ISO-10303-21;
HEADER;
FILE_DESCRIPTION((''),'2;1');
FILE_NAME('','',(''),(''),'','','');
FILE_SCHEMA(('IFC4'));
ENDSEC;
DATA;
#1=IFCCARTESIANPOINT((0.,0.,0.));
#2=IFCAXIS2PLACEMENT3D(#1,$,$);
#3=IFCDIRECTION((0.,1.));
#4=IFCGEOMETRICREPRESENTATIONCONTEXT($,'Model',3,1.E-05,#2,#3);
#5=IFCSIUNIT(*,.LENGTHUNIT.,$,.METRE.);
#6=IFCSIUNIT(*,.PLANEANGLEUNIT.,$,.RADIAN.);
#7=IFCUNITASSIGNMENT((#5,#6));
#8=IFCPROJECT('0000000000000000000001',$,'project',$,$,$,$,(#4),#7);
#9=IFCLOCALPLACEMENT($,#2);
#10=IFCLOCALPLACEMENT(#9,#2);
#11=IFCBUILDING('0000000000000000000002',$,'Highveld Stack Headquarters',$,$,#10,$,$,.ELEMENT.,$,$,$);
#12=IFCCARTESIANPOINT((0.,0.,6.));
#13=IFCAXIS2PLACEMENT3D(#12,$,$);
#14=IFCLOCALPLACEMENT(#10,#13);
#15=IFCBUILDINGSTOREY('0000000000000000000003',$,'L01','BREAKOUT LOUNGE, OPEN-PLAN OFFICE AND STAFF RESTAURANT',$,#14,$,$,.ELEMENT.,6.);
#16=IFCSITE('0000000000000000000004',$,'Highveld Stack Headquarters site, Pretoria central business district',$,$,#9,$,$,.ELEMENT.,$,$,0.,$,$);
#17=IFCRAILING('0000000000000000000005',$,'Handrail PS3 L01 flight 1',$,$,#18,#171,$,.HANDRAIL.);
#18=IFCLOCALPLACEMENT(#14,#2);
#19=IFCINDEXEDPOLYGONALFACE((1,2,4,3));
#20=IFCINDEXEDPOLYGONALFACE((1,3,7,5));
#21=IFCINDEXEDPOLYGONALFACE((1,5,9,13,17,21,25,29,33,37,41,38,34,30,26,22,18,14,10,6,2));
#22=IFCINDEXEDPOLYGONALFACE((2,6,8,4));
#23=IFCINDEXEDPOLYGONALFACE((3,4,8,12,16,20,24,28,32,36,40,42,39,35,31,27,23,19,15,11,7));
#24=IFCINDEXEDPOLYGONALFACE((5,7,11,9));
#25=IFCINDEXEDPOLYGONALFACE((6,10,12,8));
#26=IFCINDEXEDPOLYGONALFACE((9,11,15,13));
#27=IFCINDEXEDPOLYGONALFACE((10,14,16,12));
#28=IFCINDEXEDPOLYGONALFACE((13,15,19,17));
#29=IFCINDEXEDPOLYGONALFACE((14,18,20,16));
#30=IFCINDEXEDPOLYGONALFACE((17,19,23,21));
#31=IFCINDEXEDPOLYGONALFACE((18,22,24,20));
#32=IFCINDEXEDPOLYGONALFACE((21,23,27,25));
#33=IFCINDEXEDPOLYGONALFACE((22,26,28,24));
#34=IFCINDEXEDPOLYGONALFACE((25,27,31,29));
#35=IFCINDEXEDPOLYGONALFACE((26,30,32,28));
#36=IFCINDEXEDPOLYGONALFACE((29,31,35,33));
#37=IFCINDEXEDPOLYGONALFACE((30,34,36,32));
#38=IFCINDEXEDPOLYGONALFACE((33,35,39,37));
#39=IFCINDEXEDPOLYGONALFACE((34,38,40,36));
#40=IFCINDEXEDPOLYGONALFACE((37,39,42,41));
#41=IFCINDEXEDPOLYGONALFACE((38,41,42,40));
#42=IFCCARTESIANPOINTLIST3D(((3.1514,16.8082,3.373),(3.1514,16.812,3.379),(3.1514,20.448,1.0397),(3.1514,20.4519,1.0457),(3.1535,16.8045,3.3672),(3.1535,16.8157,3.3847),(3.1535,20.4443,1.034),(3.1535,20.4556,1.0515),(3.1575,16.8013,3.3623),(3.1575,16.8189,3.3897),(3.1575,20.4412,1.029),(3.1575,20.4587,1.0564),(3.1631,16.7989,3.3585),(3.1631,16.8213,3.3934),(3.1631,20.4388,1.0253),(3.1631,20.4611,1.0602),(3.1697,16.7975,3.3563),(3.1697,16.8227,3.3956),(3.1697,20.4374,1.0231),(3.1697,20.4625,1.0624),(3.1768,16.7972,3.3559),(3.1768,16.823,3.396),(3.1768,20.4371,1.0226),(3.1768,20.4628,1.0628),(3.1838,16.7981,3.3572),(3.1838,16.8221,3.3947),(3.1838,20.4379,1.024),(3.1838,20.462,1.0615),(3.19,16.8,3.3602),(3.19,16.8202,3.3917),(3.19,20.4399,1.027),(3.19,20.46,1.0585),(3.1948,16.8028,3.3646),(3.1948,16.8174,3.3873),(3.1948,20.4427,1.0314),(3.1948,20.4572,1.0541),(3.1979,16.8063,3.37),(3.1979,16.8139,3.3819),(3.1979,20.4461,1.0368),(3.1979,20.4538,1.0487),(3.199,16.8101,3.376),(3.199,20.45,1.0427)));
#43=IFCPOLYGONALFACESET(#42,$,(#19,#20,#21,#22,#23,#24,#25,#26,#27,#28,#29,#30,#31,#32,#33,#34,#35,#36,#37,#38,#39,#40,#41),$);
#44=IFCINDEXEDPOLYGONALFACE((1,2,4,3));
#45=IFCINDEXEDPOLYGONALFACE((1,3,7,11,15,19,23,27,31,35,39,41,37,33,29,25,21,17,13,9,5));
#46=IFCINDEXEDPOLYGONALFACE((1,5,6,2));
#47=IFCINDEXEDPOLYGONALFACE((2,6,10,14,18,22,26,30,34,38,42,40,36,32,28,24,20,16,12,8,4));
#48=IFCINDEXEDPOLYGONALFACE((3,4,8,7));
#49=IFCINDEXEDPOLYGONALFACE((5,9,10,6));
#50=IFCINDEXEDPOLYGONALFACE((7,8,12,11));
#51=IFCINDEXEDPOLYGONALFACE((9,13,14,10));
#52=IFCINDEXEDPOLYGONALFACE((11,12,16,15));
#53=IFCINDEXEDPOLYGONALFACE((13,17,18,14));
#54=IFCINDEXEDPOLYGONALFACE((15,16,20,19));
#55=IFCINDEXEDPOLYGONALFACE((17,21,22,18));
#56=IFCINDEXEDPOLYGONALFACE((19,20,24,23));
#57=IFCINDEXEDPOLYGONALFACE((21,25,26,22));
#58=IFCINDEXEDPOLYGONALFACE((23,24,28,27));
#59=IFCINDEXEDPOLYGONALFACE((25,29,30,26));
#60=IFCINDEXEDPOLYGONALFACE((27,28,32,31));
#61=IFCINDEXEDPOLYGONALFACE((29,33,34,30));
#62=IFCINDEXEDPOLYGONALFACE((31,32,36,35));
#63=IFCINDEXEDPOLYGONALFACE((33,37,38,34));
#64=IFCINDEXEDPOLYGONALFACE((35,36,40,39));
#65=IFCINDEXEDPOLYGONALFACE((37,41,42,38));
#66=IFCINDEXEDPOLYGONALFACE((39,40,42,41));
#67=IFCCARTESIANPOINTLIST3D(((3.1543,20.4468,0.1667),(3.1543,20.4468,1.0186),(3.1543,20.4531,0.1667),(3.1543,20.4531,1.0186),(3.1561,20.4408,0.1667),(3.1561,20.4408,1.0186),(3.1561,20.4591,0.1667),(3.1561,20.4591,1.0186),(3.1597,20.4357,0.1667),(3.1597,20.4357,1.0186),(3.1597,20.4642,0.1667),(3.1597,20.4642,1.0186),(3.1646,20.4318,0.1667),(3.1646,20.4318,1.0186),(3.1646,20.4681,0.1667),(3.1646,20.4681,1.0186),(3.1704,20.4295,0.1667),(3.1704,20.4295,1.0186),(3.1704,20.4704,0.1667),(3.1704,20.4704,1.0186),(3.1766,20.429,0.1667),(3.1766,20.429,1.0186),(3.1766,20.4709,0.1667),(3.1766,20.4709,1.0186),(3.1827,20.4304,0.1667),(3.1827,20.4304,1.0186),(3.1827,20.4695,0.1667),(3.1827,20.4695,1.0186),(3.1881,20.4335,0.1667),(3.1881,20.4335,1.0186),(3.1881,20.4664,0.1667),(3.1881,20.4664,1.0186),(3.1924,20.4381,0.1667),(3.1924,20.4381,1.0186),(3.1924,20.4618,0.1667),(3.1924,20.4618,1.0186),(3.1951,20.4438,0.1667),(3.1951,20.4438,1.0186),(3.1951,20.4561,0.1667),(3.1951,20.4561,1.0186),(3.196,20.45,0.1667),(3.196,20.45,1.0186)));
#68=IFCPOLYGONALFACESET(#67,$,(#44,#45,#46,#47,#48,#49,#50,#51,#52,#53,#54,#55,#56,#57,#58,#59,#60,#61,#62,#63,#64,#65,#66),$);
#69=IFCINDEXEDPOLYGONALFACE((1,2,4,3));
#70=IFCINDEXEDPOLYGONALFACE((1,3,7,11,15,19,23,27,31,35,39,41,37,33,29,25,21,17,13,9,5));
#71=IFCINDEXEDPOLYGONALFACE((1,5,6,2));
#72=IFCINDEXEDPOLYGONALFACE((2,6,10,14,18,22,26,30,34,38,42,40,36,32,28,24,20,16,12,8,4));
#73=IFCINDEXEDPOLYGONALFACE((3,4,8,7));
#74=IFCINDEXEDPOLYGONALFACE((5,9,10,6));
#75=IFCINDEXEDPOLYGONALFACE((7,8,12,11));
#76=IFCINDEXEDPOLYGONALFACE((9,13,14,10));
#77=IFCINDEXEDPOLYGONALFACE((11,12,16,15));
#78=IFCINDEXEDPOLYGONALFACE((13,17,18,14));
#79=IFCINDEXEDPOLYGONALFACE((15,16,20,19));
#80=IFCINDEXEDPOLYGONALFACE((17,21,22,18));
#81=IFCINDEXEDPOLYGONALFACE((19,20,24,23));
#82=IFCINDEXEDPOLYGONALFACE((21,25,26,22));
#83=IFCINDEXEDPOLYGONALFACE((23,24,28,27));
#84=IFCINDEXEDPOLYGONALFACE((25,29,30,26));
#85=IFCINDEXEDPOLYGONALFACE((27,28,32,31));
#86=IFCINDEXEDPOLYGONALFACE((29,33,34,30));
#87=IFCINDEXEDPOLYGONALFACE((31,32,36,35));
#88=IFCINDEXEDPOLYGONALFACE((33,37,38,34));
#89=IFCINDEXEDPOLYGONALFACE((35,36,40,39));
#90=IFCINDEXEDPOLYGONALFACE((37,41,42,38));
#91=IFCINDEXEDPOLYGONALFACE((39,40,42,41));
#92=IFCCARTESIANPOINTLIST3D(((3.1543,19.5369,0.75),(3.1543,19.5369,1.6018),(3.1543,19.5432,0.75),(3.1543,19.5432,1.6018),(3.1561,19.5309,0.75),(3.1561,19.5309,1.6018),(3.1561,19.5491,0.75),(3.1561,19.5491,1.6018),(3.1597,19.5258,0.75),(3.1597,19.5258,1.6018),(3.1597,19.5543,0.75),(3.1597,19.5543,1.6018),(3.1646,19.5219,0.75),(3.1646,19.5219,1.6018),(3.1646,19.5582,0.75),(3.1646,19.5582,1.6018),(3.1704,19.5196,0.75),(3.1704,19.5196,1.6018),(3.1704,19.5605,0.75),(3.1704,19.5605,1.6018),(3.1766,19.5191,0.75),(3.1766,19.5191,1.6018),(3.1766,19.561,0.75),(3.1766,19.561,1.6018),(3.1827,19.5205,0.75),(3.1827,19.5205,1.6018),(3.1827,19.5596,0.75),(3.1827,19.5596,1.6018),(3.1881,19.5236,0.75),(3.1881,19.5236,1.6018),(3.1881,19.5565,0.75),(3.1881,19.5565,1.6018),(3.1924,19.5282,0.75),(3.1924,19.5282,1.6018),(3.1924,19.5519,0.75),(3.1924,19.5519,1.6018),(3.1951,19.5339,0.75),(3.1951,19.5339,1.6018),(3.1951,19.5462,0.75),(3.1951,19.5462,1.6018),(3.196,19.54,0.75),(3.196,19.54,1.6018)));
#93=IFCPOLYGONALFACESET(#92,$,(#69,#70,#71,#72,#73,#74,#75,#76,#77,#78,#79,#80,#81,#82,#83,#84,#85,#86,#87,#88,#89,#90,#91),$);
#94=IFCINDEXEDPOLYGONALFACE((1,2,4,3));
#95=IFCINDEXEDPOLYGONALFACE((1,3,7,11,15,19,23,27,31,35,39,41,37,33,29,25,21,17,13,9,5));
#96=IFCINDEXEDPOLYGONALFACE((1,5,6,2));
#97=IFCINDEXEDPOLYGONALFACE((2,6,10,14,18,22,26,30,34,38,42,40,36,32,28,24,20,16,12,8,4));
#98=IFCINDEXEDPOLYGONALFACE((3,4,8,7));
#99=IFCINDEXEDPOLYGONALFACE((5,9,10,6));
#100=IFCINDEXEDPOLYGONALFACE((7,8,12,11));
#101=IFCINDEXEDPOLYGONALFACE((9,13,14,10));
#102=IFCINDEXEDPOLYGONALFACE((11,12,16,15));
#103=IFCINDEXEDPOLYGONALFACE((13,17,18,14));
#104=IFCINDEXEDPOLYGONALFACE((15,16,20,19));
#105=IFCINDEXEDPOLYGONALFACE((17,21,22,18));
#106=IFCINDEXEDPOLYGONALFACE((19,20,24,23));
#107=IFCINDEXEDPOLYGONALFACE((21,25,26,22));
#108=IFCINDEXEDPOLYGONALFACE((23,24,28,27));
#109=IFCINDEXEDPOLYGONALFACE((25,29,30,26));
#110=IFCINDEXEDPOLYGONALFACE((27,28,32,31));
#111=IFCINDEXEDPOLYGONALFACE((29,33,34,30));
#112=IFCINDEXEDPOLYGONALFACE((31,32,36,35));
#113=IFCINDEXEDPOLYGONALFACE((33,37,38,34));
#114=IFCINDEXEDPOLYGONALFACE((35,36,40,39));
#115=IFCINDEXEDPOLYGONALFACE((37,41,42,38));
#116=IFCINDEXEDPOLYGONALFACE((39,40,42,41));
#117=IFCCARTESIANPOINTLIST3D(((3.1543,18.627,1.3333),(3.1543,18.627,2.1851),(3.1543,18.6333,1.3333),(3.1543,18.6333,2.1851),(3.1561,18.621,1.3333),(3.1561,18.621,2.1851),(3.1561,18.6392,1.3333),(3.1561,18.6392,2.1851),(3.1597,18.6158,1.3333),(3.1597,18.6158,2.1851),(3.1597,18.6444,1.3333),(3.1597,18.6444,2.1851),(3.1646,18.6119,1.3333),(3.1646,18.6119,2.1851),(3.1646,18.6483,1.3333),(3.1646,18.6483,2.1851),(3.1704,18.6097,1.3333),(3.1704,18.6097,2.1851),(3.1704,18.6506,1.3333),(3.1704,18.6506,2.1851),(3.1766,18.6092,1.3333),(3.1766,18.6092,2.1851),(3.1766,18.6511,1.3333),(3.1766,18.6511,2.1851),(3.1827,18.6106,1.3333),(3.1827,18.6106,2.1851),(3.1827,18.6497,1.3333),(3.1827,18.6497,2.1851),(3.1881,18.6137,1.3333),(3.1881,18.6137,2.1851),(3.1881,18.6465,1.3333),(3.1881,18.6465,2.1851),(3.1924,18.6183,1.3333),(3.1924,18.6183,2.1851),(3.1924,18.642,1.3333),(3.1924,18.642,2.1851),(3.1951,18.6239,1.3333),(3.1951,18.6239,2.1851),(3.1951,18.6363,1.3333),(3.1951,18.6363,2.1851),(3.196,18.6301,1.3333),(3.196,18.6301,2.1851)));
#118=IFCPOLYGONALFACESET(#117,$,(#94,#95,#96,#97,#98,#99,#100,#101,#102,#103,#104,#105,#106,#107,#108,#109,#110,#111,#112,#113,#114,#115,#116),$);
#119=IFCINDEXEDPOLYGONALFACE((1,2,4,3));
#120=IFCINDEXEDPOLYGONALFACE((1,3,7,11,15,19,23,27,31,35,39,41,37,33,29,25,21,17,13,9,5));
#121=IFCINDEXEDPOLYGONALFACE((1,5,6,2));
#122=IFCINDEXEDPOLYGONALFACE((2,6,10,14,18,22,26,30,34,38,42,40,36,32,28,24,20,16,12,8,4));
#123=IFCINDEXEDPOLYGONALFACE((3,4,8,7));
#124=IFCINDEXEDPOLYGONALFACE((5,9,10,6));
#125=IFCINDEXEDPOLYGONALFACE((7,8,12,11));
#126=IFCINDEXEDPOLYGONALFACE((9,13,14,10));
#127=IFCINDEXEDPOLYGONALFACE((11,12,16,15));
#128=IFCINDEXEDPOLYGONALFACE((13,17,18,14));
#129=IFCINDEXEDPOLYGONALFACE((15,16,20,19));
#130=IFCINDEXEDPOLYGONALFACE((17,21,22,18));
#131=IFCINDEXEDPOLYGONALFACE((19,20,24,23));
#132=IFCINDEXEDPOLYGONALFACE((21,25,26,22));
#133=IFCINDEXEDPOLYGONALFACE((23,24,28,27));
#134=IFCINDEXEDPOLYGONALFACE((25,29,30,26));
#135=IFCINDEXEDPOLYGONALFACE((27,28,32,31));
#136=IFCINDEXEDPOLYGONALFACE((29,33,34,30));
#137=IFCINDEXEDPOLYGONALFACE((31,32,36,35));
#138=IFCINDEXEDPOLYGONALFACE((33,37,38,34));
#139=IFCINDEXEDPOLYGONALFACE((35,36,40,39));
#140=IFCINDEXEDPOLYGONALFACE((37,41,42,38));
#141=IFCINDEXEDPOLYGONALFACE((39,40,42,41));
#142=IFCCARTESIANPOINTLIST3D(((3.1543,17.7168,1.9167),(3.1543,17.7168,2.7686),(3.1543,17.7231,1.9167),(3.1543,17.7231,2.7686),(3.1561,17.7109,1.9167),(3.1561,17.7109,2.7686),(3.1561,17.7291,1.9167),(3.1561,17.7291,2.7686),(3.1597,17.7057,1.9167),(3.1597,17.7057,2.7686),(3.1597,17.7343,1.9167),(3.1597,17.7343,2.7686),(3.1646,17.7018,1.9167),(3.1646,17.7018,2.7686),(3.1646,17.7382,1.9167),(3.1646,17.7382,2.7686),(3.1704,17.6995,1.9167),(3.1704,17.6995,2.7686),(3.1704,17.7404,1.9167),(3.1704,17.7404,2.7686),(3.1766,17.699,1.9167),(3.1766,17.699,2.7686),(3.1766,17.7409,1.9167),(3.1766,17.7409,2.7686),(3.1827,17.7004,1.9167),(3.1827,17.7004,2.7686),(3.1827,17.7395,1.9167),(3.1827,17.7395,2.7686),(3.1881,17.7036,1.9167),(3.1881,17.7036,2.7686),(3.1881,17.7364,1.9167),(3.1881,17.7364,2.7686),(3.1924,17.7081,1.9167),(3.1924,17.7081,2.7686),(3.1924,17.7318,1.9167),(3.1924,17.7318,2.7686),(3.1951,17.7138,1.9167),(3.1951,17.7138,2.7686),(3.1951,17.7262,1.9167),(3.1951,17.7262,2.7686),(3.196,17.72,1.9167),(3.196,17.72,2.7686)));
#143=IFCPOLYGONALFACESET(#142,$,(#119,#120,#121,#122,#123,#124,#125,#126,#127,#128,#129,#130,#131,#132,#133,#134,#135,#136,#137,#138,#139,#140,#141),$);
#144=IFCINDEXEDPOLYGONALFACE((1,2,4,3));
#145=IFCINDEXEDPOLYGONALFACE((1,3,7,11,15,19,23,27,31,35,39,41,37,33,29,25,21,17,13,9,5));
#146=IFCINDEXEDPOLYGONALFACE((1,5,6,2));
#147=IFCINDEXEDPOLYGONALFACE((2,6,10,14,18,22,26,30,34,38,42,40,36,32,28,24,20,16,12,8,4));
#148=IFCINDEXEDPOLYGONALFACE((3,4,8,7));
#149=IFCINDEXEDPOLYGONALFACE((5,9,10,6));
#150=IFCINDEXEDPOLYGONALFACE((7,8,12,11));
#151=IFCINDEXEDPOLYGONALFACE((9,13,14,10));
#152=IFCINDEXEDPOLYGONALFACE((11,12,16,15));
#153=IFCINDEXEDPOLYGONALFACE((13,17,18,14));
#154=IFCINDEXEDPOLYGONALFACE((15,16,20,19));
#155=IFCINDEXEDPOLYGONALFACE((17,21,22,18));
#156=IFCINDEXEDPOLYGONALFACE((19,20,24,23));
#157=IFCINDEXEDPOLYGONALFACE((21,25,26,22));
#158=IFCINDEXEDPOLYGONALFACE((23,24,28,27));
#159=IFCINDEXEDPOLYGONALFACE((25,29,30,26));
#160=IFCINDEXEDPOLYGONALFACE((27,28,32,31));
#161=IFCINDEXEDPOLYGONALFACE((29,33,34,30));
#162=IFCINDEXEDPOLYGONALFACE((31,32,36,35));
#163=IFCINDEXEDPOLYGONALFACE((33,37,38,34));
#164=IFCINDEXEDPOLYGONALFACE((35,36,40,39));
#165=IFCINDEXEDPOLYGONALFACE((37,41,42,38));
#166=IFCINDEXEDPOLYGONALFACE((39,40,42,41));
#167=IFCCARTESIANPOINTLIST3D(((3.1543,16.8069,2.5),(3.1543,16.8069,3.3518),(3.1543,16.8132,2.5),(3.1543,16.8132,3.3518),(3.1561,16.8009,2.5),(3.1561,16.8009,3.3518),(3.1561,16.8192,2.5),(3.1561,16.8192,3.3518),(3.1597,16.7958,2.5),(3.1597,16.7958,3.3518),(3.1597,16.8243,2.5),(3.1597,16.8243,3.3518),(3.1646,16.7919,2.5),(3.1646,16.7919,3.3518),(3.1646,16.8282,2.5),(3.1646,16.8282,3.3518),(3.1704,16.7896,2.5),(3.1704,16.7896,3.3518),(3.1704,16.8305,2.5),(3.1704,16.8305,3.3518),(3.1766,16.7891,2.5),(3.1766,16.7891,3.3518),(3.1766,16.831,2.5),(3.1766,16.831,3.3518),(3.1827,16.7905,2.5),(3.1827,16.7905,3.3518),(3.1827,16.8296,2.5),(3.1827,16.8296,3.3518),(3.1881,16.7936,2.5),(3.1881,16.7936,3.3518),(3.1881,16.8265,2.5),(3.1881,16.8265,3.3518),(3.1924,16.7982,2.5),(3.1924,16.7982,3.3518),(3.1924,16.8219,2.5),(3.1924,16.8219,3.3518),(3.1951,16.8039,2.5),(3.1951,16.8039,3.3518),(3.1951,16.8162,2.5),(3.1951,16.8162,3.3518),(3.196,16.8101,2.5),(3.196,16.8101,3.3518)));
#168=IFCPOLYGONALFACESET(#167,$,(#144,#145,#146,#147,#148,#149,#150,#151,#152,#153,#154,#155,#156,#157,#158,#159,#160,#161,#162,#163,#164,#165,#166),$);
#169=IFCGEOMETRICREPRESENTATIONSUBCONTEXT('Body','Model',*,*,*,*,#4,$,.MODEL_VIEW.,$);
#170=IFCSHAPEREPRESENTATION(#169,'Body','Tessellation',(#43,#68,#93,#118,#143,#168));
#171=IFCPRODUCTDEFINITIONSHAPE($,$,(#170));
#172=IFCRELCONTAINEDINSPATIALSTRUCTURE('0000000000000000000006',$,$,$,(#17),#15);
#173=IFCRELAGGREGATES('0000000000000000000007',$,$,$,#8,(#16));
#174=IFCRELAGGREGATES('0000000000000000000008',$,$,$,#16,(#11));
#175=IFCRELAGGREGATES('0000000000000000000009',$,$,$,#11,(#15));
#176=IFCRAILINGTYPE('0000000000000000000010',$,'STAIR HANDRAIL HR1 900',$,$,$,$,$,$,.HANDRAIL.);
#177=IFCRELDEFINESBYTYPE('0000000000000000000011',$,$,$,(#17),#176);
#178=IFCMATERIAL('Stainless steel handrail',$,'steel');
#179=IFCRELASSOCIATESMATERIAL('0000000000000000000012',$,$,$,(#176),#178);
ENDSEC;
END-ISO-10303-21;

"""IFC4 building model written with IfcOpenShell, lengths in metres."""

from ifc_helpers import new_model, si_unit, direction, frame, origin, origin_2d, place, context, subcontext, project, spatial, circle, extrude, material, type_object, element, save


model = new_model("IFC4")

# Units and contexts
model_context = context("Model", 3, precision=1e-05, world=origin(), true_north=direction((0.0, 1.0)))
body_context = subcontext(model_context, "Body", "Model", "MODEL_VIEW")
ifc_project = project(units=[si_unit("LENGTHUNIT", "METRE"), si_unit("PLANEANGLEUNIT", "RADIAN")], contexts=[model_context])

# Site, building, storey
site_placement = place(None, origin())
site = spatial("IfcSite", under=ifc_project, at=site_placement, Name="Highveld Stack Headquarters site, Pretoria central business district", CompositionType="ELEMENT", RefElevation=0.0)
building_placement = place(site_placement, origin())
building = spatial("IfcBuilding", under=site, at=building_placement, Name="Highveld Stack Headquarters", CompositionType="ELEMENT")
storey_placement = place(building_placement, frame((0.0, 0.0, 6.0)))
storey = spatial("IfcBuildingStorey", under=building, at=storey_placement, Name="L01", Description="BREAKOUT LOUNGE, OPEN-PLAN OFFICE AND STAFF RESTAURANT", CompositionType="ELEMENT", Elevation=6.0)

# Railing
ifc_material_1 = material(Name="Stainless steel handrail", Category="steel")
railing_type = type_object("IfcRailingType", Name="STAIR HANDRAIL HR1 900", PredefinedType="HANDRAIL", material=ifc_material_1)
for number, where, name in (
    (1, (3.175, 20.45, 0.1667), "Handrail PS3 L01 flight 1"),
):
    element("IfcRailing", number, at=place(storey_placement, frame(where)), inside=storey, type_object=railing_type, Name=name, PredefinedType="HANDRAIL", context=body_context, shape_type="SweptSolid", body=[
        extrude(circle(Radius=0.0239, at=origin_2d()), frame((0.0, 0.0, 0.876), z_axis=(0.0, -0.84188, 0.539664), x_axis=(1.0, 0.0, 0.0)), (0.0, 0.0, 1.0), 4.3235),
        extrude(circle(Radius=0.021, at=origin_2d()), origin(), (0.0, 0.0, 1.0), 0.8518),
        extrude(circle(Radius=0.021, at=origin_2d()), frame((0.0, -0.9099, 0.5833)), (0.0, 0.0, 1.0), 0.8518),
        extrude(circle(Radius=0.021, at=origin_2d()), frame((0.0, -1.8198, 1.1665)), (0.0, 0.0, 1.0), 0.8518),
        extrude(circle(Radius=0.021, at=origin_2d()), frame((0.0, -2.73, 1.75)), (0.0, 0.0, 1.0), 0.8518),
        extrude(circle(Radius=0.021, at=origin_2d()), frame((0.0, -3.6399, 2.3333)), (0.0, 0.0, 1.0), 0.8518),
    ])

save(model, "model.ifc")
